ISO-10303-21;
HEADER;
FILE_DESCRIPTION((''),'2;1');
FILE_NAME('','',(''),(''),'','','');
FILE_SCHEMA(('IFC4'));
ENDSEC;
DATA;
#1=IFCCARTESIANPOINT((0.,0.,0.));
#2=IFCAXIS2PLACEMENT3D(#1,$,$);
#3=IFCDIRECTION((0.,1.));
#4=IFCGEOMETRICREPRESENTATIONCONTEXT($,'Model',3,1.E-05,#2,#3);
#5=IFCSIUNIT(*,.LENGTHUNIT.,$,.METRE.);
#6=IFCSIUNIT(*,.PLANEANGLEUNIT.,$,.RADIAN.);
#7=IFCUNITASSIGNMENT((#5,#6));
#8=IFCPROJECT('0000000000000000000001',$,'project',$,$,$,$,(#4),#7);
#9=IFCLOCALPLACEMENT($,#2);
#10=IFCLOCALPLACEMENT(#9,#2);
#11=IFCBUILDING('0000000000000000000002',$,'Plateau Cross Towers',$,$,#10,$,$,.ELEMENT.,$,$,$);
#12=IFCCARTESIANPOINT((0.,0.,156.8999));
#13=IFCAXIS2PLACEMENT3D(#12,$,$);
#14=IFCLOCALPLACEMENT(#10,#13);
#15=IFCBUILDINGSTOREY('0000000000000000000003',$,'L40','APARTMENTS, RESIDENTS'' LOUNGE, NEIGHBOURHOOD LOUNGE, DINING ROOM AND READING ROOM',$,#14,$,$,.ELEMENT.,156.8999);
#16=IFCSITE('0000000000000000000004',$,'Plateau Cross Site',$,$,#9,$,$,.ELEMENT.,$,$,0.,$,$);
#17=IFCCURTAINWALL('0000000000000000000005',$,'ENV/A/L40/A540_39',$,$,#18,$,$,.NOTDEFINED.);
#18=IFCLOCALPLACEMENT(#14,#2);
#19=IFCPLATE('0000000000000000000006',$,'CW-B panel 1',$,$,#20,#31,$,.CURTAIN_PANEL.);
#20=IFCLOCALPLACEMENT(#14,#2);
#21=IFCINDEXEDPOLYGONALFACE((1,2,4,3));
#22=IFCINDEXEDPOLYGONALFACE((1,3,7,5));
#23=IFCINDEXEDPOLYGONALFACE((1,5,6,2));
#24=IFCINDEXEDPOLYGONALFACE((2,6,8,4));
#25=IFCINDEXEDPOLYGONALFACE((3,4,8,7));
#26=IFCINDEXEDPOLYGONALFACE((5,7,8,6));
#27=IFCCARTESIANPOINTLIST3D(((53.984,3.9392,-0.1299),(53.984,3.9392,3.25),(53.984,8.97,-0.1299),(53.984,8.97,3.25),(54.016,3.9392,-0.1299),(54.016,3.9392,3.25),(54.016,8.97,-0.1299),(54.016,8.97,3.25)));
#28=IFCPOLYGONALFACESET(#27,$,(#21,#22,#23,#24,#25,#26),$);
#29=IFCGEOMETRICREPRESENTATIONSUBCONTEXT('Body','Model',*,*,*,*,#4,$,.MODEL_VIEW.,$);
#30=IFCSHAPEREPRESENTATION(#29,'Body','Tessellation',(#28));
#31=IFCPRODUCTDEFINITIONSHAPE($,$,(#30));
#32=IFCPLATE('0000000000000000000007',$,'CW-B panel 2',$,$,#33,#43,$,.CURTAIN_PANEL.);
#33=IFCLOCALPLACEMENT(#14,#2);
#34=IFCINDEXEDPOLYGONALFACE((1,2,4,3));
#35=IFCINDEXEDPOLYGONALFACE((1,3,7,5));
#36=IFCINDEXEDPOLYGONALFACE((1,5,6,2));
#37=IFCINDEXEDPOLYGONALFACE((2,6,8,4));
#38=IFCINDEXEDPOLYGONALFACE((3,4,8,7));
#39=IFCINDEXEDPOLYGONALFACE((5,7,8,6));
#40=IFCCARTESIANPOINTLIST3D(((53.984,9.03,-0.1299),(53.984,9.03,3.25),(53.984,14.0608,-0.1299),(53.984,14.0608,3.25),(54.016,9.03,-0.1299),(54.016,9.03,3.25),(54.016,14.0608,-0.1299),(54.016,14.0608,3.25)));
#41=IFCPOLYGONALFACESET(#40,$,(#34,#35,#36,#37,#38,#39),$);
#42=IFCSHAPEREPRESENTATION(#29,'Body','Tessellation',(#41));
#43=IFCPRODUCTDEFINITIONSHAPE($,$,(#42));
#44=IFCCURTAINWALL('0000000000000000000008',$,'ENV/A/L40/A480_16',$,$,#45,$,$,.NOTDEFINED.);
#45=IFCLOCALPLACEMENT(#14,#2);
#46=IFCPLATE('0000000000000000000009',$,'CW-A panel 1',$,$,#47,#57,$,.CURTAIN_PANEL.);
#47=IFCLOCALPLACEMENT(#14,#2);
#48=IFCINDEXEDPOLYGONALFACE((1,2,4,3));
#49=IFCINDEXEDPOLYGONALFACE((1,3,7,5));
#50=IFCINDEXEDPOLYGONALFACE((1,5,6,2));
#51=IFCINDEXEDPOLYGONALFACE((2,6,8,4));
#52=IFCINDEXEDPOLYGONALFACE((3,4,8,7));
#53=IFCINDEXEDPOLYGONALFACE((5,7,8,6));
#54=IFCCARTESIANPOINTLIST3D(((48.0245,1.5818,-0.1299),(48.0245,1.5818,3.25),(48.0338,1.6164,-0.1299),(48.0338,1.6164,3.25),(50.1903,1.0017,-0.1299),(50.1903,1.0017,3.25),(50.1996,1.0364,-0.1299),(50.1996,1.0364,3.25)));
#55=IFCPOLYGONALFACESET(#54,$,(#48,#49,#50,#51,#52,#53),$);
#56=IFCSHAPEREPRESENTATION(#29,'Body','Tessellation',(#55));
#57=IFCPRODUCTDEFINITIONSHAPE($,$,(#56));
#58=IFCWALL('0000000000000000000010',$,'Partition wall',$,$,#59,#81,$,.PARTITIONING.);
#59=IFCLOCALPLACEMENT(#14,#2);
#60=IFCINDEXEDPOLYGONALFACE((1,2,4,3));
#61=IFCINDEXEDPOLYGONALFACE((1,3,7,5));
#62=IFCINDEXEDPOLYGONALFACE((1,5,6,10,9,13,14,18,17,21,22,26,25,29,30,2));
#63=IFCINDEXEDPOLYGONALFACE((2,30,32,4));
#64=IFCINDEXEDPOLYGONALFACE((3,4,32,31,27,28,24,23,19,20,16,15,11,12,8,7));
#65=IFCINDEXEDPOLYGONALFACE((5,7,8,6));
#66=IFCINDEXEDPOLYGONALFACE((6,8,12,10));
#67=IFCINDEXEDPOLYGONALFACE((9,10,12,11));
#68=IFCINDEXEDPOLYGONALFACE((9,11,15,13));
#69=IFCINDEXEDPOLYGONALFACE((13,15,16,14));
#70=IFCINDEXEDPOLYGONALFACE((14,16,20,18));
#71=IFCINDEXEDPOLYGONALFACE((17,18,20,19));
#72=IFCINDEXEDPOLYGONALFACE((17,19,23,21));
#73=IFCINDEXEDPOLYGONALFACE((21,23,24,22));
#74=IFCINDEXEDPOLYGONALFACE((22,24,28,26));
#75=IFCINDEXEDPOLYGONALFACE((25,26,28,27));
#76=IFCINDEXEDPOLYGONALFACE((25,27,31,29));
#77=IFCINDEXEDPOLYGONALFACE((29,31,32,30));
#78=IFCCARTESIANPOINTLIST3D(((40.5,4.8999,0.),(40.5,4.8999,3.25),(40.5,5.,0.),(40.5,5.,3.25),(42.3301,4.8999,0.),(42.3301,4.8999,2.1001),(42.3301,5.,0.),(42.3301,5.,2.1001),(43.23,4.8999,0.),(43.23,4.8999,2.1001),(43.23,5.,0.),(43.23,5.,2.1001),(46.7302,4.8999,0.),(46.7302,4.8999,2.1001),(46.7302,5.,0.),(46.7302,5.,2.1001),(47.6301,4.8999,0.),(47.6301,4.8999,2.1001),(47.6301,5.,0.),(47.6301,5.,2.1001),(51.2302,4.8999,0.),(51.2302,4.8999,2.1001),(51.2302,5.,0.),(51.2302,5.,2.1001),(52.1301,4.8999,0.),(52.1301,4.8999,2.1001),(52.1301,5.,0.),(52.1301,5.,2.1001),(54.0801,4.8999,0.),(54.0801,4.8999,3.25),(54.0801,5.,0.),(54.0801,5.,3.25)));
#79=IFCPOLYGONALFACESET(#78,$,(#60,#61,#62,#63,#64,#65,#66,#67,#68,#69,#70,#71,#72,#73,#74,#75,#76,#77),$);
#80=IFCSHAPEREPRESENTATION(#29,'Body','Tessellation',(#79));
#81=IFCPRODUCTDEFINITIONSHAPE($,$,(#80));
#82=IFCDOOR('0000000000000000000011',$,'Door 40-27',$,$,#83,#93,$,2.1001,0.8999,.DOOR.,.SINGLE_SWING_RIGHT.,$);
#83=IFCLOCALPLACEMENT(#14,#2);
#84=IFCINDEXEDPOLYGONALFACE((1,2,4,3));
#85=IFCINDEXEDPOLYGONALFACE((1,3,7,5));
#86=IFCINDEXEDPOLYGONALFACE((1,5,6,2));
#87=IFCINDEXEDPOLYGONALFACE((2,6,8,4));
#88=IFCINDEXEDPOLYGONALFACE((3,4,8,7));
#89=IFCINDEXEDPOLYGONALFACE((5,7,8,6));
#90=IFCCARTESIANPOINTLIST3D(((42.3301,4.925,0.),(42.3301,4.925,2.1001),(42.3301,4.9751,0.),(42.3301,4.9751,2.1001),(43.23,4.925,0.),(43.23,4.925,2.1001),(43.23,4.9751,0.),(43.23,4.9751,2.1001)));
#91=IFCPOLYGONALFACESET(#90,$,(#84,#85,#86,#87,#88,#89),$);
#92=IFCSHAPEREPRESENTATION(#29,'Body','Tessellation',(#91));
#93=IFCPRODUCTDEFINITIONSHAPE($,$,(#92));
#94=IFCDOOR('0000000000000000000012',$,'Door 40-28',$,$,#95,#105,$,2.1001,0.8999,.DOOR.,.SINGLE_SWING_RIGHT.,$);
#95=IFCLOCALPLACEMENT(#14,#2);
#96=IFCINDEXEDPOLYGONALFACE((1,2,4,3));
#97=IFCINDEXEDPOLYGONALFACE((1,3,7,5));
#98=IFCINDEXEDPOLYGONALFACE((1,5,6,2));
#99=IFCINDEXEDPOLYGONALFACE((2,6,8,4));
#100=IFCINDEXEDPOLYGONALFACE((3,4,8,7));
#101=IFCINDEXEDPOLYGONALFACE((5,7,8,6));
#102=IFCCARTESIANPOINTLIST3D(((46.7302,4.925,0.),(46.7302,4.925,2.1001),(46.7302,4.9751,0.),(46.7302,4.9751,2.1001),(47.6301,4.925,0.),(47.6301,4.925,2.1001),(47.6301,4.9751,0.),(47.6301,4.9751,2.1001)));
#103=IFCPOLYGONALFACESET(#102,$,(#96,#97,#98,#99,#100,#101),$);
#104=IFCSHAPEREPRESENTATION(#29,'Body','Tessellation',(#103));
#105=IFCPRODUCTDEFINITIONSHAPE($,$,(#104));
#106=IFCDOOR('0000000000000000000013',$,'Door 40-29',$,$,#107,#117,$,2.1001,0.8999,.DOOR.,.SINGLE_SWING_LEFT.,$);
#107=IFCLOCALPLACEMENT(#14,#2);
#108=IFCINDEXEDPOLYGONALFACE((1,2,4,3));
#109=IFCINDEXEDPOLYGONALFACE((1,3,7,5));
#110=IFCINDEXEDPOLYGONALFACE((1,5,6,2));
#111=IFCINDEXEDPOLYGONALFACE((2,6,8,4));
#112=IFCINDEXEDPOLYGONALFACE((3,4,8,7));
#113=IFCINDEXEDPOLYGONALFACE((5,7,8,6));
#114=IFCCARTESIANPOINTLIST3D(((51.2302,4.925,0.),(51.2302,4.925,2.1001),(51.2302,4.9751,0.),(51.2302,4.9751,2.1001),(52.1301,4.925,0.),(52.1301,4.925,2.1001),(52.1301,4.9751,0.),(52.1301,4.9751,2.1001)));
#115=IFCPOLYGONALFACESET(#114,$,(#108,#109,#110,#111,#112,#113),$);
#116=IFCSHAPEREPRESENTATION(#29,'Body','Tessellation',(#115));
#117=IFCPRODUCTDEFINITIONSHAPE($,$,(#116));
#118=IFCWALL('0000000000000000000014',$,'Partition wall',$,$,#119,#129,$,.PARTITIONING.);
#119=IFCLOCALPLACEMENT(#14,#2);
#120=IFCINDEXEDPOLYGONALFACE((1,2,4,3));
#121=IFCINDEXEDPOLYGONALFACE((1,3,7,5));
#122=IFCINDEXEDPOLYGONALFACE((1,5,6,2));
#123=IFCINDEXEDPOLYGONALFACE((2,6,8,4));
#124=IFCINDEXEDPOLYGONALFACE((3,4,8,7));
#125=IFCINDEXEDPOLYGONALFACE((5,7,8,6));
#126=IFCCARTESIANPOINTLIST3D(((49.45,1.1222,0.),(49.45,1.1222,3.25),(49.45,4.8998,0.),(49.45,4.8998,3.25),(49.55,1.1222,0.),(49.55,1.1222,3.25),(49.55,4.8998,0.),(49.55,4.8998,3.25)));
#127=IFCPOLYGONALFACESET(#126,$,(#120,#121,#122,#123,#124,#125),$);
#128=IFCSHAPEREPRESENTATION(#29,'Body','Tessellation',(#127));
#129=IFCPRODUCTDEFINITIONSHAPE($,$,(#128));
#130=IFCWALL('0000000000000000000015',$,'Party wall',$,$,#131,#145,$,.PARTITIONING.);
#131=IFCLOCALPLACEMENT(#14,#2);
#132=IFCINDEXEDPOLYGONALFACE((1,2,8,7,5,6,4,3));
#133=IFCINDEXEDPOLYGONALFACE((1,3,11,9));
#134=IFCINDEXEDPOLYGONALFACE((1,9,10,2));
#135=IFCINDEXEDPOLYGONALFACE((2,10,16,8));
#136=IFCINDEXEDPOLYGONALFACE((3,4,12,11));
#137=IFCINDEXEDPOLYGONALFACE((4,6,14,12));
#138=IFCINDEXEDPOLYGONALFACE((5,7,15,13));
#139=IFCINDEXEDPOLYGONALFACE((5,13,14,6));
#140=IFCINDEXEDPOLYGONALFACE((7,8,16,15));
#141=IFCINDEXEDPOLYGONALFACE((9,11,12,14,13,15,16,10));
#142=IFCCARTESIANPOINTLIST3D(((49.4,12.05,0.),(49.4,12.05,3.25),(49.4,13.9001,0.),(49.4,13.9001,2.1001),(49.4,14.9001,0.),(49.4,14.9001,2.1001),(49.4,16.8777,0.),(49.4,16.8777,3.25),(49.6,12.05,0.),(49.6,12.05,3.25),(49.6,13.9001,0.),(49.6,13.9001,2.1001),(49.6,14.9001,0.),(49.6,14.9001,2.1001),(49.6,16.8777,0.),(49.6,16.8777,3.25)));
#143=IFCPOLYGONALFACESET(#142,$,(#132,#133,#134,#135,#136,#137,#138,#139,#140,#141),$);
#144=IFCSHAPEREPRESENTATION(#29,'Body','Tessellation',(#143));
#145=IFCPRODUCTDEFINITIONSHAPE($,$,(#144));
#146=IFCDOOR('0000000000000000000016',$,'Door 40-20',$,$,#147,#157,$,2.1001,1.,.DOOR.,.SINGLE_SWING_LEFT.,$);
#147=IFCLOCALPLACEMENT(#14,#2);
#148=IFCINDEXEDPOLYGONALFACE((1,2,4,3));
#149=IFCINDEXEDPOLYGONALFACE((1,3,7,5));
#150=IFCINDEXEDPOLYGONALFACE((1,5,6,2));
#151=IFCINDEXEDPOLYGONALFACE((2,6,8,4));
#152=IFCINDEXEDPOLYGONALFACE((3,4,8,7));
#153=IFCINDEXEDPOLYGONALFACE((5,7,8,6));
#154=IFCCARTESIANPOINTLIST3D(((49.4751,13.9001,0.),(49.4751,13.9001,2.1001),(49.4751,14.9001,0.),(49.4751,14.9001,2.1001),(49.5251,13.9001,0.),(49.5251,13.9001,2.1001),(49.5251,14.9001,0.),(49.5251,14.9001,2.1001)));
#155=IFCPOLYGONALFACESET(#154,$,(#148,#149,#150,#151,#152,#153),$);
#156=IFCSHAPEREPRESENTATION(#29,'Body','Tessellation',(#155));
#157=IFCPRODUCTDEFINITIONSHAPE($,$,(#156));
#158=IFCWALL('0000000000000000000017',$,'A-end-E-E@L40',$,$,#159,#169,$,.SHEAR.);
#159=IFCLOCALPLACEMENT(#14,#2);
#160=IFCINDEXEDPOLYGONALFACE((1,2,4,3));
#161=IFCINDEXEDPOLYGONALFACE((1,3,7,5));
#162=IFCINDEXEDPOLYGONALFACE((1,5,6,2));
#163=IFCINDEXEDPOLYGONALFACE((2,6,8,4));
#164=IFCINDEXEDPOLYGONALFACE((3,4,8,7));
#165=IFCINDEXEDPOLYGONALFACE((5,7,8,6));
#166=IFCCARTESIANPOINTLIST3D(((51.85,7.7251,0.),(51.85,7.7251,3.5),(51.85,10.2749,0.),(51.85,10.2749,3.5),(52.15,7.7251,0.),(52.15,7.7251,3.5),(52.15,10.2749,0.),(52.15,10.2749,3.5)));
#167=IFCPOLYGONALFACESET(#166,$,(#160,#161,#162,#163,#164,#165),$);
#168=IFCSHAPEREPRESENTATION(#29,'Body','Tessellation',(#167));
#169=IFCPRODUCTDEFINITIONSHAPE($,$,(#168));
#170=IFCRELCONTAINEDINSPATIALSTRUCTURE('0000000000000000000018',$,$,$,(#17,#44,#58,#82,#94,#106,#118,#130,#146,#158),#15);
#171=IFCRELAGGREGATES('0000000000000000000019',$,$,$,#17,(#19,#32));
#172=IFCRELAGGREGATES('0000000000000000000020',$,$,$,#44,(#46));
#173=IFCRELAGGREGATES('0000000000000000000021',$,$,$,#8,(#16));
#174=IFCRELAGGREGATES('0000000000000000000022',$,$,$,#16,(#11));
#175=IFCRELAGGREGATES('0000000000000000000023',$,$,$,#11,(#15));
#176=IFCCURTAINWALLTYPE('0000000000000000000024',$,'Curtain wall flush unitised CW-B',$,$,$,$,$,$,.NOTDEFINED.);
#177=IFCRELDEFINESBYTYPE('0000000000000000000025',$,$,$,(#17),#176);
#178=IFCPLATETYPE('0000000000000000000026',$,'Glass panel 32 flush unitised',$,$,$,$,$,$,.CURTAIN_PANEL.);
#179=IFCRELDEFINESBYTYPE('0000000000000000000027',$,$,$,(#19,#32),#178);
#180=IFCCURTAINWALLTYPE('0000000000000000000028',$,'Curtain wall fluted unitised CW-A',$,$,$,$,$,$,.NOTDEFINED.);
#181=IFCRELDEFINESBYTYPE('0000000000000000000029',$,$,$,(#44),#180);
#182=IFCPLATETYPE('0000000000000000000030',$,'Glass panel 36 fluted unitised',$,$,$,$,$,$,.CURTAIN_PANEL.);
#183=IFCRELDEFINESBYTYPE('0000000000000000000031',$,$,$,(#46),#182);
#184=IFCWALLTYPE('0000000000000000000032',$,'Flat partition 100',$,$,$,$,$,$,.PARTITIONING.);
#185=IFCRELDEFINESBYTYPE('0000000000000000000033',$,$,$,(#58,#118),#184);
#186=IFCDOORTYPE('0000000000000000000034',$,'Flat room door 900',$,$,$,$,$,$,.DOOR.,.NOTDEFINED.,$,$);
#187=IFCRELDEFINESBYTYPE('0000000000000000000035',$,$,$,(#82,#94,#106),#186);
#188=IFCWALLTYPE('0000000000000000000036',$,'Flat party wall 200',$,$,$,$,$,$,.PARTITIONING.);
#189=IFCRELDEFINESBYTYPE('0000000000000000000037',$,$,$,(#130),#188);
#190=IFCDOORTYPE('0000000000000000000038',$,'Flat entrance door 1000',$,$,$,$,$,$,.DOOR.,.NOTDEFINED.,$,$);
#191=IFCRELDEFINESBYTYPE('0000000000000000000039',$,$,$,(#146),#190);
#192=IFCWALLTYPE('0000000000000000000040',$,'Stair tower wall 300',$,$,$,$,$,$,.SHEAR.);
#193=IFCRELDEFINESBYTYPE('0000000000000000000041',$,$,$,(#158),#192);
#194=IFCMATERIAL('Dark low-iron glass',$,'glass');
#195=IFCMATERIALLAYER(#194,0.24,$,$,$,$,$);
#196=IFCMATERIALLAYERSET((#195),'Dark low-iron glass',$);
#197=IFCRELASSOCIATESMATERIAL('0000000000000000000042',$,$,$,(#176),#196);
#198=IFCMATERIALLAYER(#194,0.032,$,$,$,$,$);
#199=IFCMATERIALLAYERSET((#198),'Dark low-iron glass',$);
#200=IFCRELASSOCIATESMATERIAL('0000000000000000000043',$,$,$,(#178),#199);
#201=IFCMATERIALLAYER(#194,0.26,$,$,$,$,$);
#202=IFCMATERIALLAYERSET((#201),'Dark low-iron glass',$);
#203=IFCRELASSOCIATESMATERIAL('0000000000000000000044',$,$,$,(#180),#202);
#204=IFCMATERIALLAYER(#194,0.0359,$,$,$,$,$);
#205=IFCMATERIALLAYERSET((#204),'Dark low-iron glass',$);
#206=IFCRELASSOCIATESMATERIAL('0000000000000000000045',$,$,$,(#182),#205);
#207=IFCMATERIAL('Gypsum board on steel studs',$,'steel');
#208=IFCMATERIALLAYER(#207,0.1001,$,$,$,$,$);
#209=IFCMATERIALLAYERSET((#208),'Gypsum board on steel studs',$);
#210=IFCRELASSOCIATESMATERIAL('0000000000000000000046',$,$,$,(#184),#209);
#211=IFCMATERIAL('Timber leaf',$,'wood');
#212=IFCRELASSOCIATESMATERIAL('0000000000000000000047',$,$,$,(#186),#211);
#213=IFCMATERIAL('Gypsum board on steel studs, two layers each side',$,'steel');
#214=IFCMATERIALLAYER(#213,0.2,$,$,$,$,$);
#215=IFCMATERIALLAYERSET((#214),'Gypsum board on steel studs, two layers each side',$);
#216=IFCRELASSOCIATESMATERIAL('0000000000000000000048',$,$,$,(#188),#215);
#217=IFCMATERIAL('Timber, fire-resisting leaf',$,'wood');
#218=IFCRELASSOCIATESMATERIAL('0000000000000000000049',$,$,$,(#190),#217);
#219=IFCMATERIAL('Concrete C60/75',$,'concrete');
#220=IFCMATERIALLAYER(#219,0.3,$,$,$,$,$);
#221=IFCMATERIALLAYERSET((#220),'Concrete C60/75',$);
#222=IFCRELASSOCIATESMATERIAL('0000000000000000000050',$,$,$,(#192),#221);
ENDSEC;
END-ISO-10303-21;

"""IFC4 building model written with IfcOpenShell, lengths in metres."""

from ifc_helpers import new_model, si_unit, direction, frame, frame_2d, origin, origin_2d, place, context, subcontext, project, spatial, rectangle, extrude, material, layer, layer_set, type_object, element, fill, aggregate, save


model = new_model("IFC4")

# Units and contexts
model_context = context("Model", 3, precision=1e-05, world=origin(), true_north=direction((0.0, 1.0)))
body_context = subcontext(model_context, "Body", "Model", "MODEL_VIEW")
ifc_project = project(units=[si_unit("LENGTHUNIT", "METRE"), si_unit("PLANEANGLEUNIT", "RADIAN")], contexts=[model_context])

# Site, building, storey
site_placement = place(None, origin())
site = spatial("IfcSite", under=ifc_project, at=site_placement, Name="Plateau Cross Site", CompositionType="ELEMENT", RefElevation=0.0)
building_placement = place(site_placement, origin())
building = spatial("IfcBuilding", under=site, at=building_placement, Name="Plateau Cross Towers", CompositionType="ELEMENT")
storey_placement = place(building_placement, frame((0.0, 0.0, 156.8999)))
storey = spatial("IfcBuildingStorey", under=building, at=storey_placement, Name="L40", Description="APARTMENTS, RESIDENTS' LOUNGE, NEIGHBOURHOOD LOUNGE, DINING ROOM AND READING ROOM", CompositionType="ELEMENT", Elevation=156.8999)

# Shared definitions
ifc_material_1 = material(Name="Concrete C60/75", Category="concrete")

# Shared definitions
ifc_material_2 = material(Name="Dark low-iron glass", Category="glass")
ifc_layer_1 = layer(ifc_material_2, 0.24)
ifc_layer_set_1 = layer_set([ifc_layer_1], Name="Dark low-iron glass")
curtain_wall_type_1 = type_object("IfcCurtainWallType", Name="Curtain wall flush unitised CW-B", PredefinedType="NOTDEFINED", material=ifc_layer_set_1)

# Curtain wall
curtain_wall_1_placement = place(storey_placement, origin())
curtain_wall_1 = element("IfcCurtainWall", 1, at=curtain_wall_1_placement, inside=storey, type_object=curtain_wall_type_1, Name="ENV/A/L40/A540_39", PredefinedType="NOTDEFINED")

# Plates
ifc_layer_2 = layer(ifc_material_2, 0.032)
ifc_layer_set_2 = layer_set([ifc_layer_2], Name="Dark low-iron glass")
plate_type_1 = type_object("IfcPlateType", Name="Glass panel 32 flush unitised", PredefinedType="CURTAIN_PANEL", material=ifc_layer_set_2)
plate_1_placement = place(storey_placement, frame((54.0, 6.4546, -0.1299), z_axis=(0.0, 0.0, 1.0), x_axis=(0.0, 1.0, 0.0)))
plate_1 = element("IfcPlate", 2, at=plate_1_placement, type_object=plate_type_1, Name="CW-B panel 1", PredefinedType="CURTAIN_PANEL", context=body_context, shape_type="SweptSolid", body=[
    extrude(rectangle(XDim=5.0308, YDim=0.032, at=origin_2d()), origin(), (0.0, 0.0, 1.0), 3.3799),
])
plate_2_placement = place(storey_placement, frame((54.0, 11.5454, -0.1299), z_axis=(0.0, 0.0, 1.0), x_axis=(0.0, 1.0, 0.0)))
plate_2 = element("IfcPlate", 3, at=plate_2_placement, type_object=plate_type_1, Name="CW-B panel 2", PredefinedType="CURTAIN_PANEL", context=body_context, shape_type="SweptSolid", body=[
    extrude(rectangle(XDim=5.0308, YDim=0.032, at=origin_2d()), origin(), (0.0, 0.0, 1.0), 3.3799),
])
aggregate(curtain_wall_1, [plate_1, plate_2])

# Curtain wall, plate
ifc_layer_3 = layer(ifc_material_2, 0.26)
ifc_layer_set_3 = layer_set([ifc_layer_3], Name="Dark low-iron glass")
curtain_wall_type_2 = type_object("IfcCurtainWallType", Name="Curtain wall fluted unitised CW-A", PredefinedType="NOTDEFINED", material=ifc_layer_set_3)
curtain_wall_2_placement = place(storey_placement, origin())
curtain_wall_2 = element("IfcCurtainWall", 4, at=curtain_wall_2_placement, inside=storey, type_object=curtain_wall_type_2, Name="ENV/A/L40/A480_16", PredefinedType="NOTDEFINED")
ifc_layer_4 = layer(ifc_material_2, 0.0359)
ifc_layer_set_4 = layer_set([ifc_layer_4], Name="Dark low-iron glass")
plate_type_2 = type_object("IfcPlateType", Name="Glass panel 36 fluted unitised", PredefinedType="CURTAIN_PANEL", material=ifc_layer_set_4)
plate_3_placement = place(storey_placement, frame((49.1121, 1.3091, -0.1299), z_axis=(0.0, 0.0, 1.0), x_axis=(0.965958, -0.258699, 0.0)))
plate_3 = element("IfcPlate", 5, at=plate_3_placement, type_object=plate_type_2, Name="CW-A panel 1", PredefinedType="CURTAIN_PANEL", context=body_context, shape_type="SweptSolid", body=[
    extrude(rectangle(XDim=2.2422, YDim=0.0359, at=origin_2d()), origin(), (0.0, 0.0, 1.0), 3.3799),
])
aggregate(curtain_wall_2, [plate_3])

# Wall, openings, doors
ifc_material_3 = material(Name="Gypsum board on steel studs", Category="steel")
ifc_layer_5 = layer(ifc_material_3, 0.1001)
ifc_layer_set_5 = layer_set([ifc_layer_5], Name="Gypsum board on steel studs")
wall_type_1 = type_object("IfcWallType", Name="Flat partition 100", PredefinedType="PARTITIONING", material=ifc_layer_set_5)
wall_1_placement = place(storey_placement, frame((54.0801, 4.95, 0.0), z_axis=(0.0, 0.0, 1.0), x_axis=(-1.0, 0.0, 0.0)))
wall_1 = element("IfcWall", 6, at=wall_1_placement, inside=storey, type_object=wall_type_1, Name="Partition wall", PredefinedType="PARTITIONING", context=body_context, shape_type="SweptSolid", body=[
    extrude(rectangle(XDim=13.5801, YDim=0.1001, at=frame_2d((6.79, 0.0))), origin(), (0.0, 0.0, 1.0), 3.25),
])
opening_1_placement = place(wall_1_placement, frame((10.8501, 0.0, 0.0)))
opening_1 = element("IfcOpeningElement", 7, at=opening_1_placement, cuts=wall_1, PredefinedType="OPENING", context=body_context, shape_type="SweptSolid", body=[
    extrude(rectangle(XDim=0.8999, YDim=2.1001, at=frame_2d((0.45, 1.05))), frame((0.0, 0.0601, 0.0), z_axis=(0.0, -1.0, 0.0), x_axis=(1.0, 0.0, 0.0)), (0.0, 0.0, 1.0), 0.1201),
])
opening_2_placement = place(wall_1_placement, frame((6.45, 0.0, 0.0)))
opening_2 = element("IfcOpeningElement", 8, at=opening_2_placement, cuts=wall_1, PredefinedType="OPENING", context=body_context, shape_type="SweptSolid", body=[
    extrude(rectangle(XDim=0.8999, YDim=2.1001, at=frame_2d((0.45, 1.05))), frame((0.0, 0.0601, 0.0), z_axis=(0.0, -1.0, 0.0), x_axis=(1.0, 0.0, 0.0)), (0.0, 0.0, 1.0), 0.1201),
])
opening_3_placement = place(wall_1_placement, frame((1.95, 0.0, 0.0)))
opening_3 = element("IfcOpeningElement", 9, at=opening_3_placement, cuts=wall_1, PredefinedType="OPENING", context=body_context, shape_type="SweptSolid", body=[
    extrude(rectangle(XDim=0.8999, YDim=2.1001, at=frame_2d((0.45, 1.05))), frame((0.0, 0.0601, 0.0), z_axis=(0.0, -1.0, 0.0), x_axis=(1.0, 0.0, 0.0)), (0.0, 0.0, 1.0), 0.1201),
])
ifc_material_4 = material(Name="Timber leaf", Category="wood")
door_type_1 = type_object("IfcDoorType", Name="Flat room door 900", OperationType="NOTDEFINED", PredefinedType="DOOR", material=ifc_material_4)
door_1_placement = place(opening_1_placement, origin())
door_1 = element("IfcDoor", 10, at=door_1_placement, inside=storey, type_object=door_type_1, Name="Door 40-27", OperationType="SINGLE_SWING_RIGHT", OverallHeight=2.1001, OverallWidth=0.8999, PredefinedType="DOOR", context=body_context, shape_type="SweptSolid", body=[
    extrude(rectangle(XDim=0.8999, YDim=2.1001, at=frame_2d((0.45, 1.05))), frame((0.0, 0.0249, 0.0), z_axis=(0.0, -1.0, 0.0), x_axis=(1.0, 0.0, 0.0)), (0.0, 0.0, 1.0), 0.05),
])
fill(opening_1, door_1)
door_2_placement = place(opening_2_placement, origin())
door_2 = element("IfcDoor", 11, at=door_2_placement, inside=storey, type_object=door_type_1, Name="Door 40-28", OperationType="SINGLE_SWING_RIGHT", OverallHeight=2.1001, OverallWidth=0.8999, PredefinedType="DOOR", context=body_context, shape_type="SweptSolid", body=[
    extrude(rectangle(XDim=0.8999, YDim=2.1001, at=frame_2d((0.45, 1.05))), frame((0.0, 0.0249, 0.0), z_axis=(0.0, -1.0, 0.0), x_axis=(1.0, 0.0, 0.0)), (0.0, 0.0, 1.0), 0.05),
])
fill(opening_2, door_2)
door_3_placement = place(opening_3_placement, origin())
door_3 = element("IfcDoor", 12, at=door_3_placement, inside=storey, type_object=door_type_1, Name="Door 40-29", OperationType="SINGLE_SWING_LEFT", OverallHeight=2.1001, OverallWidth=0.8999, PredefinedType="DOOR", context=body_context, shape_type="SweptSolid", body=[
    extrude(rectangle(XDim=0.8999, YDim=2.1001, at=frame_2d((0.45, 1.05))), frame((0.0, 0.0249, 0.0), z_axis=(0.0, -1.0, 0.0), x_axis=(1.0, 0.0, 0.0)), (0.0, 0.0, 1.0), 0.05),
])
fill(opening_3, door_3)

# Wall
wall_2_placement = place(storey_placement, frame((49.5, 1.1223, 0.0), z_axis=(0.0, 0.0, 1.0), x_axis=(0.0, 1.0, 0.0)))
element("IfcWall", 13, at=wall_2_placement, inside=storey, type_object=wall_type_1, Name="Partition wall", PredefinedType="PARTITIONING", context=body_context, shape_type="SweptSolid", body=[
    extrude(rectangle(XDim=3.7776, YDim=0.1001, at=frame_2d((1.8887, 0.0))), origin(), (0.0, 0.0, 1.0), 3.25),
])

# Wall, opening, door
ifc_material_5 = material(Name="Gypsum board on steel studs, two layers each side", Category="steel")
ifc_layer_6 = layer(ifc_material_5, 0.2)
ifc_layer_set_6 = layer_set([ifc_layer_6], Name="Gypsum board on steel studs, two layers each side")
wall_type_2 = type_object("IfcWallType", Name="Flat party wall 200", PredefinedType="PARTITIONING", material=ifc_layer_set_6)
wall_3_placement = place(storey_placement, frame((49.5, 12.05, 0.0), z_axis=(0.0, 0.0, 1.0), x_axis=(0.0, 1.0, 0.0)))
wall_3 = element("IfcWall", 14, at=wall_3_placement, inside=storey, type_object=wall_type_2, Name="Party wall", PredefinedType="PARTITIONING", context=body_context, shape_type="SweptSolid", body=[
    extrude(rectangle(XDim=4.8276, YDim=0.2, at=frame_2d((2.4138, 0.0))), origin(), (0.0, 0.0, 1.0), 3.25),
])
opening_4_placement = place(wall_3_placement, frame((1.8501, 0.0, 0.0)))
opening_4 = element("IfcOpeningElement", 15, at=opening_4_placement, cuts=wall_3, PredefinedType="OPENING", context=body_context, shape_type="SweptSolid", body=[
    extrude(rectangle(XDim=1.0, YDim=2.1001, at=frame_2d((0.5, 1.05))), frame((0.0, 0.1099, 0.0), z_axis=(0.0, -1.0, 0.0), x_axis=(1.0, 0.0, 0.0)), (0.0, 0.0, 1.0), 0.22),
])
ifc_material_6 = material(Name="Timber, fire-resisting leaf", Category="wood")
door_type_2 = type_object("IfcDoorType", Name="Flat entrance door 1000", OperationType="NOTDEFINED", PredefinedType="DOOR", material=ifc_material_6)
door_4_placement = place(opening_4_placement, origin())
door_4 = element("IfcDoor", 16, at=door_4_placement, inside=storey, type_object=door_type_2, Name="Door 40-20", OperationType="SINGLE_SWING_LEFT", OverallHeight=2.1001, OverallWidth=1.0, PredefinedType="DOOR", context=body_context, shape_type="SweptSolid", body=[
    extrude(rectangle(XDim=1.0, YDim=2.1001, at=frame_2d((0.5, 1.05))), frame((0.0, 0.0249, 0.0), z_axis=(0.0, -1.0, 0.0), x_axis=(1.0, 0.0, 0.0)), (0.0, 0.0, 1.0), 0.05),
])
fill(opening_4, door_4)

# Wall
ifc_layer_7 = layer(ifc_material_1, 0.3)
ifc_layer_set_7 = layer_set([ifc_layer_7], Name="Concrete C60/75")
wall_type_3 = type_object("IfcWallType", Name="Stair tower wall 300", PredefinedType="SHEAR", material=ifc_layer_set_7)
wall_4_placement = place(storey_placement, frame((52.0, 7.7251, 0.0), z_axis=(0.0, 0.0, 1.0), x_axis=(0.0, 1.0, 0.0)))
element("IfcWall", 17, at=wall_4_placement, inside=storey, type_object=wall_type_3, Name="A-end-E-E@L40", PredefinedType="SHEAR", context=body_context, shape_type="SweptSolid", body=[
    extrude(rectangle(XDim=2.5498, YDim=0.3, at=frame_2d((1.2749, 0.0))), origin(), (0.0, 0.0, 1.0), 3.5),
])

save(model, "model.ifc")
